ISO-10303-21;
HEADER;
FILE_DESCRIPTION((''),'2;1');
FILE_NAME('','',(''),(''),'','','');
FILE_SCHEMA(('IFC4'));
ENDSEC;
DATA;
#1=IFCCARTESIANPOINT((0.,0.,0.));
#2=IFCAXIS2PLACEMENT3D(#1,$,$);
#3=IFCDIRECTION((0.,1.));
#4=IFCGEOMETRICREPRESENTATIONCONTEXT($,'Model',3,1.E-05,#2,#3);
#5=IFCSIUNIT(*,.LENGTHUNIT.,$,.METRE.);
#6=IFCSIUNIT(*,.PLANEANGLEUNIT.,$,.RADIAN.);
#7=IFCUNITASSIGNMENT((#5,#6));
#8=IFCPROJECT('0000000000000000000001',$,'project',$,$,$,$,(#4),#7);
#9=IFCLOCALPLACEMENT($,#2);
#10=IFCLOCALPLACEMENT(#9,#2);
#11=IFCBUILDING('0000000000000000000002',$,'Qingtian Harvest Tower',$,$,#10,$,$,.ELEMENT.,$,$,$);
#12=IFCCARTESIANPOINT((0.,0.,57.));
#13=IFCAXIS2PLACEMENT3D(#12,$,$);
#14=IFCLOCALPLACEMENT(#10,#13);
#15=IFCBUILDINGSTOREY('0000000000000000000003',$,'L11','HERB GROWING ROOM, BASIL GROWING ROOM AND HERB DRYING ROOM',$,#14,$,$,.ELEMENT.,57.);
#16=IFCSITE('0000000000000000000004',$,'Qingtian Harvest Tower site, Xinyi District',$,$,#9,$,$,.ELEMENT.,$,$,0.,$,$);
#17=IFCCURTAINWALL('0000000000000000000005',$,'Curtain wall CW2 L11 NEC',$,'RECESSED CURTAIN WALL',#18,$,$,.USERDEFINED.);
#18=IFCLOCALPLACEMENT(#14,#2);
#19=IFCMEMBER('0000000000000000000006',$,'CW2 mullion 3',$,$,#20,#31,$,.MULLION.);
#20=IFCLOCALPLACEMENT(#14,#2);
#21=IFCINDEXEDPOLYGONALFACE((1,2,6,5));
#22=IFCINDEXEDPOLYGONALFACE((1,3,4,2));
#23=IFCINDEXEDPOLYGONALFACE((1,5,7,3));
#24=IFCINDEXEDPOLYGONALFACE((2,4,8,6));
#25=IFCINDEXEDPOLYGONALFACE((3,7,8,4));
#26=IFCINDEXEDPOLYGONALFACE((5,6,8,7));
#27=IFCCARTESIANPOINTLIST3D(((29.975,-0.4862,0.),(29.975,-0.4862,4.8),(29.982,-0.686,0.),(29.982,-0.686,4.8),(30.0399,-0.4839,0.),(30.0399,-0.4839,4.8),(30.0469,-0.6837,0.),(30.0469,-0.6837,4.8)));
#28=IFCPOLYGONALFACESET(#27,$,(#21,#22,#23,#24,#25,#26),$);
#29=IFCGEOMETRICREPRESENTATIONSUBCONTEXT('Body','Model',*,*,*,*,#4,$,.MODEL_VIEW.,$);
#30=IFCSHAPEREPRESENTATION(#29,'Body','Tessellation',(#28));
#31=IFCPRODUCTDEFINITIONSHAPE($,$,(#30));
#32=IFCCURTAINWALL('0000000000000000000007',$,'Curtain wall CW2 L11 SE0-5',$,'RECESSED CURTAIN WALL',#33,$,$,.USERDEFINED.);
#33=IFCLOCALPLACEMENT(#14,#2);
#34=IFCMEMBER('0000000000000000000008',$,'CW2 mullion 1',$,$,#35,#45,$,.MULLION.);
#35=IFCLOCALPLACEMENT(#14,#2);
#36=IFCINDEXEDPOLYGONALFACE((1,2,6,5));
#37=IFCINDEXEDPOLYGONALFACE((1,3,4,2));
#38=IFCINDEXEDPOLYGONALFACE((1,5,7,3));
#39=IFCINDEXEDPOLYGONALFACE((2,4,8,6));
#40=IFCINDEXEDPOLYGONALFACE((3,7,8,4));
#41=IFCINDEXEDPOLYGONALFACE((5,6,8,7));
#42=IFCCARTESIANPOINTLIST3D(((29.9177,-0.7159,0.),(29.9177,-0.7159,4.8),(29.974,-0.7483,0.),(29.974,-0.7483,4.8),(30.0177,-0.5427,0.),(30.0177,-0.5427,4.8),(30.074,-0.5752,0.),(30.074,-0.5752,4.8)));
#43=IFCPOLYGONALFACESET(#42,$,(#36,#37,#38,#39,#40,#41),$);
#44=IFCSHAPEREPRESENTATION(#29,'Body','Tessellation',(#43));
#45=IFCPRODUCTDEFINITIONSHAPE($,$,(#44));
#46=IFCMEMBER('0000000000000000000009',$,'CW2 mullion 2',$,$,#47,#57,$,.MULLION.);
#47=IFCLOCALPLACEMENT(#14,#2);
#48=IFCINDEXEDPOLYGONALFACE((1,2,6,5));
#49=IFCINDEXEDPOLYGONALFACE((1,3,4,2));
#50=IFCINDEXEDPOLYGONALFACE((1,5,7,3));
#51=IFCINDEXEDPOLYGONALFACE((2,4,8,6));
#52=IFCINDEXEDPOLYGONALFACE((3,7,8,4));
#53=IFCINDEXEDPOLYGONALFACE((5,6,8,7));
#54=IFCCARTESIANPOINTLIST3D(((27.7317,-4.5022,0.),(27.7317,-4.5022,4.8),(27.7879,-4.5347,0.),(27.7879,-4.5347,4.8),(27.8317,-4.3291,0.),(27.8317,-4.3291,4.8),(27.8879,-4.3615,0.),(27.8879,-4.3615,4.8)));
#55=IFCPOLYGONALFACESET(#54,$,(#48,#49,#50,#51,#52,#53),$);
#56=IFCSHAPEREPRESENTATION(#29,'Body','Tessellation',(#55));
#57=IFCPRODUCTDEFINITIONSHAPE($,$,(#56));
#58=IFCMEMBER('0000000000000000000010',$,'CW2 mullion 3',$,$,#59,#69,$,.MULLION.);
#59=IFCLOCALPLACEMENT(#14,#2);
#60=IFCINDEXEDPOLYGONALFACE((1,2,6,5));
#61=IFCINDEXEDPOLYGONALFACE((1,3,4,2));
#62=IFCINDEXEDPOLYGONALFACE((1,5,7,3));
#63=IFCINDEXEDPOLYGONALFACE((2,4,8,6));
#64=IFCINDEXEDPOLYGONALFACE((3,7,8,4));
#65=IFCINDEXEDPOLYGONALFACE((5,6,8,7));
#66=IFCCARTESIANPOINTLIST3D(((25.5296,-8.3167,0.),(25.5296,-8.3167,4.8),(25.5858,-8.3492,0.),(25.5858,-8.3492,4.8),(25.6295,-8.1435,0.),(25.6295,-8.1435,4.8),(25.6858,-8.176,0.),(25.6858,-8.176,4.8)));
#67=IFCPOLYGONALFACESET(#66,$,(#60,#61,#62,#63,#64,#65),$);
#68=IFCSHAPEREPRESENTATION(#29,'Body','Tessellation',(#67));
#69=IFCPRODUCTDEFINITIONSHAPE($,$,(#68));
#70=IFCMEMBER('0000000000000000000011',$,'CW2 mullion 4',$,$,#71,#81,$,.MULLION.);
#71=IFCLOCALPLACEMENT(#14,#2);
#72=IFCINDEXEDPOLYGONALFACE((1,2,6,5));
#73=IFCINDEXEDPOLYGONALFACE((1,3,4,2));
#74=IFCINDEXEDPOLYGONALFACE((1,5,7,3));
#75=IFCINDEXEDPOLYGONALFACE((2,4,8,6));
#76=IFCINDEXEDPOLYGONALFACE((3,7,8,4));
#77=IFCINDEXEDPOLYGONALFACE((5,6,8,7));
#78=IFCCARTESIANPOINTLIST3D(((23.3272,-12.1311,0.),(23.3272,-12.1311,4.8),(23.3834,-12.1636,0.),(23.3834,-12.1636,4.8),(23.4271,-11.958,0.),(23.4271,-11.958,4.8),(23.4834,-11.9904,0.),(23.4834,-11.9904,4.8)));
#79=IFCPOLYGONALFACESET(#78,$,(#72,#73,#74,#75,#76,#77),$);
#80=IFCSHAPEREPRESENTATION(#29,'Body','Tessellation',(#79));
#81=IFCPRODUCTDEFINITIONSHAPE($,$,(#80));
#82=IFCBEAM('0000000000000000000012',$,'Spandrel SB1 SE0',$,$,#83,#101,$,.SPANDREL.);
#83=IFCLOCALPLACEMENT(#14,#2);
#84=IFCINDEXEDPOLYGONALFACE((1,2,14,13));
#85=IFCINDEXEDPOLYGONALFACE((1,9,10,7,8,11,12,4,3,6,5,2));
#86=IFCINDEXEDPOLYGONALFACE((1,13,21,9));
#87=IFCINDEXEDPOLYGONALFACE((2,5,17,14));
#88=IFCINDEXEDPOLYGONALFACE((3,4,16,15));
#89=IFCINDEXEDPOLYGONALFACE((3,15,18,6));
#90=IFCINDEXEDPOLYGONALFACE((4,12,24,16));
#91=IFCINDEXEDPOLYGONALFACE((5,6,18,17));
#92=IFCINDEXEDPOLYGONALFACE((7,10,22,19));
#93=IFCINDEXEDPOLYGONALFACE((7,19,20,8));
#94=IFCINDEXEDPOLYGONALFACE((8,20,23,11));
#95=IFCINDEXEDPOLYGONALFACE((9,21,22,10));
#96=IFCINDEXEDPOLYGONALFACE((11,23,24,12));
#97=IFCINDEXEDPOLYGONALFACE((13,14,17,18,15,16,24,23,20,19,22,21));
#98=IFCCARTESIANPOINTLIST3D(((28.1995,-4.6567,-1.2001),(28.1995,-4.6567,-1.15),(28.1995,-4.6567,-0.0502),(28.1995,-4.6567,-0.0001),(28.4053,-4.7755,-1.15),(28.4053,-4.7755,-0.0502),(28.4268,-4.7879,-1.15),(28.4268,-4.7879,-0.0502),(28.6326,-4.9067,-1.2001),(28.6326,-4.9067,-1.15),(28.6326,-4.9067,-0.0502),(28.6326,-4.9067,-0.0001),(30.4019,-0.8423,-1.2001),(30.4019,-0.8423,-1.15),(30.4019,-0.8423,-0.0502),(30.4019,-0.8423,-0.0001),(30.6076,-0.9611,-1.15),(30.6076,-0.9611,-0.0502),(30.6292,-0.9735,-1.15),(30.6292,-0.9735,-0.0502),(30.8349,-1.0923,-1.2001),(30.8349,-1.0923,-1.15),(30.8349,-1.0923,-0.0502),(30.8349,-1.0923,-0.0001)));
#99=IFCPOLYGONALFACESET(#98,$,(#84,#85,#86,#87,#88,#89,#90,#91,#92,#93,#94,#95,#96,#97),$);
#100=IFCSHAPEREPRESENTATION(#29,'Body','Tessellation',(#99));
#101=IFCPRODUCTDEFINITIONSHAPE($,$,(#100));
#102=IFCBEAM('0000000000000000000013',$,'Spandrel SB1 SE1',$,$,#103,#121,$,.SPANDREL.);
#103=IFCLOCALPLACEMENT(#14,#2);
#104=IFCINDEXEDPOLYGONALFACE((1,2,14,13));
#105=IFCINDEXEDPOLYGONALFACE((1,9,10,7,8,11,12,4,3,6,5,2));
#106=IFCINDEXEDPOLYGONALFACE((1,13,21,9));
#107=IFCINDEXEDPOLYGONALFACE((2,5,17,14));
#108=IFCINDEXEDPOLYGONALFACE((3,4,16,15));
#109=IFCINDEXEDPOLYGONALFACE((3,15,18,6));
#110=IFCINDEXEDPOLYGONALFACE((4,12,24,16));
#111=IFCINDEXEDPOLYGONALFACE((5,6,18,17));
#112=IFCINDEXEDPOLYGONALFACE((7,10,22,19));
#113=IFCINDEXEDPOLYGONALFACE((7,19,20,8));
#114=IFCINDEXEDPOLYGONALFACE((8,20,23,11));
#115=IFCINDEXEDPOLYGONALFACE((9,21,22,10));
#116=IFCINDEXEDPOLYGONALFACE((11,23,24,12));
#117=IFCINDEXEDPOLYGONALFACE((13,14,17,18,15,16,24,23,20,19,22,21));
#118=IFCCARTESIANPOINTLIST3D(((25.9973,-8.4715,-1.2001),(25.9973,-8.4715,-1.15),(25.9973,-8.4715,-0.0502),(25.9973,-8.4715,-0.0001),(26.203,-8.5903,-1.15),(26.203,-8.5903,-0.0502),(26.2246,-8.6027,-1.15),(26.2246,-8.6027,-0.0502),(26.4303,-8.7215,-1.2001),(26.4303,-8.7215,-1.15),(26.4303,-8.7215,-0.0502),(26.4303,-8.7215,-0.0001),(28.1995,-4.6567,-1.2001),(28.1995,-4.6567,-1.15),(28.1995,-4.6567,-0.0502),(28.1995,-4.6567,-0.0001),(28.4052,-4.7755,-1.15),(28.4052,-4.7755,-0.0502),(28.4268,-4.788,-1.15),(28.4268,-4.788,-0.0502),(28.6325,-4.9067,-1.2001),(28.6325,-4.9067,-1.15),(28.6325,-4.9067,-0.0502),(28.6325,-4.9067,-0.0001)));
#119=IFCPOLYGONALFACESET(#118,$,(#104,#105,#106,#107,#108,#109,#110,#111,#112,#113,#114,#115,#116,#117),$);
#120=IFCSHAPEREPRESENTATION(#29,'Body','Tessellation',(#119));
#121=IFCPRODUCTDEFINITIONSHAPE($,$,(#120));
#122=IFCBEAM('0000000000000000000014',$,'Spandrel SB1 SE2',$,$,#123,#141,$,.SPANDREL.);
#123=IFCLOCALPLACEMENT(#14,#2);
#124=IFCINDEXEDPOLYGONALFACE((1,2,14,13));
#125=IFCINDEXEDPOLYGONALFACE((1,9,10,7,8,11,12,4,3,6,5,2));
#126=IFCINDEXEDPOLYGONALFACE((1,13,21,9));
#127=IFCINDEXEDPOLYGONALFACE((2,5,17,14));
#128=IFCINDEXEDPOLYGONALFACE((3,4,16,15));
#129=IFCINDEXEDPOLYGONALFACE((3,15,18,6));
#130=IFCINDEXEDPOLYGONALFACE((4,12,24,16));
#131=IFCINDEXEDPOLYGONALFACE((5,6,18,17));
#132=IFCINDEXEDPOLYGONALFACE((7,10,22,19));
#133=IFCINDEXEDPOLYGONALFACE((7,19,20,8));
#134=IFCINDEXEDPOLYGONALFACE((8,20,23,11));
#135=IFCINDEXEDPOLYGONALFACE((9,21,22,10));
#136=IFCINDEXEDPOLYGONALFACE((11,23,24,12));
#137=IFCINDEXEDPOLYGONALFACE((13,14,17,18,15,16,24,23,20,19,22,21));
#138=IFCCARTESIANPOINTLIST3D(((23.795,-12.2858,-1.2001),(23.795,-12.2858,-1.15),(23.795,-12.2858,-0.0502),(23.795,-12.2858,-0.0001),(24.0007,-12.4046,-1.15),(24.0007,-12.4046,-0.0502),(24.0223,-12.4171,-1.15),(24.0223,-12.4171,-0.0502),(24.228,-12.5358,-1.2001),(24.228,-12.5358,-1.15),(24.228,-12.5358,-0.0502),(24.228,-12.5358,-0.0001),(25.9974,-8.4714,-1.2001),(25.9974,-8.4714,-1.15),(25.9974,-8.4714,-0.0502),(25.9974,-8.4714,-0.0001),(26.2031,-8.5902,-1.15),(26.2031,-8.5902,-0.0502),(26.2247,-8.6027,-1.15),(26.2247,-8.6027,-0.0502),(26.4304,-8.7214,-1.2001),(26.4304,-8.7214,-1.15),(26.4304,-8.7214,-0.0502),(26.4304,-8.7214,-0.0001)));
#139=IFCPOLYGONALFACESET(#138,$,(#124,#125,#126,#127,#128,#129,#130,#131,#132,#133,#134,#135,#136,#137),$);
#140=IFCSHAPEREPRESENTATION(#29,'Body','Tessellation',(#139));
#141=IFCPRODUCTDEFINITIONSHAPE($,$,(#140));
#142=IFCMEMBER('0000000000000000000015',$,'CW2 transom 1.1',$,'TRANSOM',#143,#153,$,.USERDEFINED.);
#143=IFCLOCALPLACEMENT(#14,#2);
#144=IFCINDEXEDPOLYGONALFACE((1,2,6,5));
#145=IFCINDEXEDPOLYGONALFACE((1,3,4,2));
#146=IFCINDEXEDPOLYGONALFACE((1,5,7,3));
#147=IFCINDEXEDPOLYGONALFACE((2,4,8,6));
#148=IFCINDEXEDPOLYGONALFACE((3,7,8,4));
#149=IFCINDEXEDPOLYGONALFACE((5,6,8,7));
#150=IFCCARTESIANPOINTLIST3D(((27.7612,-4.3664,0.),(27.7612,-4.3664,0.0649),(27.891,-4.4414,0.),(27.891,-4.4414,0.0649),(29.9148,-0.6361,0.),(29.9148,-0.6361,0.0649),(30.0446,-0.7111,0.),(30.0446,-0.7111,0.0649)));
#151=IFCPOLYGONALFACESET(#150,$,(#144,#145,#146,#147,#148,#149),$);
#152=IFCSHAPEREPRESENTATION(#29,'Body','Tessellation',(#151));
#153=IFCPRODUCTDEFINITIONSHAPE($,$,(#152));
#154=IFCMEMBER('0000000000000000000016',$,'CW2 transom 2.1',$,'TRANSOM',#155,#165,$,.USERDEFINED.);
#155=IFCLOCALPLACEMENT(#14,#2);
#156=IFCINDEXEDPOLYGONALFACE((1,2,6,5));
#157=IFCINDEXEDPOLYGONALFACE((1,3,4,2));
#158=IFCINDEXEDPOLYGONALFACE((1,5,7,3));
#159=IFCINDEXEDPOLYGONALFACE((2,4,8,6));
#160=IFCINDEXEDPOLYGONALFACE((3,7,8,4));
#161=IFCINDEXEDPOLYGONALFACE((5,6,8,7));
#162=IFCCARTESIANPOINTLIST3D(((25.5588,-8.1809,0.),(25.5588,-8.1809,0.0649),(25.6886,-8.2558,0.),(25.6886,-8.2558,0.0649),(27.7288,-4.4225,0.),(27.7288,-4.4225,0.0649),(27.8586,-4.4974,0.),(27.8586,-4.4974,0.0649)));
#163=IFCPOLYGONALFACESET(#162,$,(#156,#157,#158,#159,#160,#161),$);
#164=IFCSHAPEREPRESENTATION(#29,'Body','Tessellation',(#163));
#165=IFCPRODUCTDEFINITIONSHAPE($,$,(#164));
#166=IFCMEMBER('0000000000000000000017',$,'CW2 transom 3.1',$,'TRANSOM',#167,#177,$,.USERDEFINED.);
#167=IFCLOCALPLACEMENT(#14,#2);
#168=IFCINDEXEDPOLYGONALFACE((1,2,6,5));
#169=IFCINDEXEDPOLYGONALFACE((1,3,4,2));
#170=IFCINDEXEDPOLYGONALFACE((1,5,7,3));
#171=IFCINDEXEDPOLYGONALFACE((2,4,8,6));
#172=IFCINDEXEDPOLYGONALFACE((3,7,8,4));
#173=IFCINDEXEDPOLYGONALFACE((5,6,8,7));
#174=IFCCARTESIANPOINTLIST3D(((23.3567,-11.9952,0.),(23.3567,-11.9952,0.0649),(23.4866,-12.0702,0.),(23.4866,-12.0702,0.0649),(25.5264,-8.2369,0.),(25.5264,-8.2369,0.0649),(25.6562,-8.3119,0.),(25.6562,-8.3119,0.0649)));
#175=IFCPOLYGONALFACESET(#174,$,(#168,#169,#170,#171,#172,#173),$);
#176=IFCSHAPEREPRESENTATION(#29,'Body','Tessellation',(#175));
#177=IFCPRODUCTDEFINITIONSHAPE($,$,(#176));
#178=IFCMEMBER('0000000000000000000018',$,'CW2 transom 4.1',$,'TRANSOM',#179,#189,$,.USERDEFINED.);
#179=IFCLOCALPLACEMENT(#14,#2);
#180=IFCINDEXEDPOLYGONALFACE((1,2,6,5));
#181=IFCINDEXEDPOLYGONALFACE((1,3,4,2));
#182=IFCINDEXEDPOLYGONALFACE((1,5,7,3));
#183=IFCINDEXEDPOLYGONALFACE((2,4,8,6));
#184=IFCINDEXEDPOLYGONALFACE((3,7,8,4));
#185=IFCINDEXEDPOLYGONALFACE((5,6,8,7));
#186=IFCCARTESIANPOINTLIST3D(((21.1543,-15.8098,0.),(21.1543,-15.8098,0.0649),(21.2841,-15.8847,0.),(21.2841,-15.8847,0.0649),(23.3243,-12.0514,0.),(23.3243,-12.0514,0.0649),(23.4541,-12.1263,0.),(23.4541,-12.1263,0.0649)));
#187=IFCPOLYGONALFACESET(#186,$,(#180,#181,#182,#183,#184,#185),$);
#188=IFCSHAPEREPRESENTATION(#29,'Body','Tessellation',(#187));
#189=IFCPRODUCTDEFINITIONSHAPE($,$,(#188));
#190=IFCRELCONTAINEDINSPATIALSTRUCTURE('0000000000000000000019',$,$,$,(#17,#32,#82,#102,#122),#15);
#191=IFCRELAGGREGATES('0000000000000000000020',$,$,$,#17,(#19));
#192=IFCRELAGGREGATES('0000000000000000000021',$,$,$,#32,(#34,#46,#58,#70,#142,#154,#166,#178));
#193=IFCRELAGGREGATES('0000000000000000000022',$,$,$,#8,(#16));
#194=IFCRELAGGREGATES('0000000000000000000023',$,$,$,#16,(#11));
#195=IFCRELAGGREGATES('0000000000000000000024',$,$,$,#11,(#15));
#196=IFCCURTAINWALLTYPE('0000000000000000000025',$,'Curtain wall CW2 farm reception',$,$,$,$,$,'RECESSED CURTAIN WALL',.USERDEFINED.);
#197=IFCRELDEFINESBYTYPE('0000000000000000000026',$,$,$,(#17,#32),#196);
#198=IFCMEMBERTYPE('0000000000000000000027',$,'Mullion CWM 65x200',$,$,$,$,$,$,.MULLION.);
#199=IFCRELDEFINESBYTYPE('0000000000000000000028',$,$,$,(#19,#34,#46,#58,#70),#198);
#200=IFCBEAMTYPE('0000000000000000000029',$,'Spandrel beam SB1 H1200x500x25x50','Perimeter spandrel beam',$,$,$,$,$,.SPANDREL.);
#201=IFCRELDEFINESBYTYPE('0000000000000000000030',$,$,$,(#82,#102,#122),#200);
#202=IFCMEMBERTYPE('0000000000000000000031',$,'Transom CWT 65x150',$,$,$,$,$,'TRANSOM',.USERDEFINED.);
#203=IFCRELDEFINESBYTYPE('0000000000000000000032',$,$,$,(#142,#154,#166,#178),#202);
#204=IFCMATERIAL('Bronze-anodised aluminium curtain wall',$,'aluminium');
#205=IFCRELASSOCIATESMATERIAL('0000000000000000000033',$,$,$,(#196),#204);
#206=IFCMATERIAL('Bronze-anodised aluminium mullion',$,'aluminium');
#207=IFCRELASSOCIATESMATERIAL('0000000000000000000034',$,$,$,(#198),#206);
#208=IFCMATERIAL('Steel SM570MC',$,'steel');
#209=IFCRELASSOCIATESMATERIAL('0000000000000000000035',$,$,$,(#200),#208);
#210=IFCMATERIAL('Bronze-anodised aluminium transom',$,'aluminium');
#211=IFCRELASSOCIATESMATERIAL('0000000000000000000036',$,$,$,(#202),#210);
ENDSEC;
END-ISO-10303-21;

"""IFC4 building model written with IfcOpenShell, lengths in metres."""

from ifc_helpers import new_model, si_unit, direction, frame, origin, origin_2d, place, context, subcontext, project, spatial, rectangle, i_section, extrude, material, material_profile, profile_set, type_object, element, aggregate, save


model = new_model("IFC4")

# Units and contexts
model_context = context("Model", 3, precision=1e-05, world=origin(), true_north=direction((0.0, 1.0)))
body_context = subcontext(model_context, "Body", "Model", "MODEL_VIEW")
ifc_project = project(units=[si_unit("LENGTHUNIT", "METRE"), si_unit("PLANEANGLEUNIT", "RADIAN")], contexts=[model_context])

# Site, building, storey
site_placement = place(None, origin())
site = spatial("IfcSite", under=ifc_project, at=site_placement, Name="Qingtian Harvest Tower site, Xinyi District", CompositionType="ELEMENT", RefElevation=0.0)
building_placement = place(site_placement, origin())
building = spatial("IfcBuilding", under=site, at=building_placement, Name="Qingtian Harvest Tower", CompositionType="ELEMENT")
storey_placement = place(building_placement, frame((0.0, 0.0, 57.0)))
storey = spatial("IfcBuildingStorey", under=building, at=storey_placement, Name="L11", Description="HERB GROWING ROOM, BASIL GROWING ROOM AND HERB DRYING ROOM", CompositionType="ELEMENT", Elevation=57.0)

# Curtain wall, member
ifc_material_1 = material(Name="Bronze-anodised aluminium curtain wall", Category="aluminium")
curtain_wall_type = type_object("IfcCurtainWallType", Name="Curtain wall CW2 farm reception", ElementType="RECESSED CURTAIN WALL", PredefinedType="USERDEFINED", material=ifc_material_1)
curtain_wall_1_placement = place(storey_placement, origin())
curtain_wall_1 = element("IfcCurtainWall", 1, at=curtain_wall_1_placement, inside=storey, type_object=curtain_wall_type, Name="Curtain wall CW2 L11 NEC", ObjectType="RECESSED CURTAIN WALL", PredefinedType="USERDEFINED")
ifc_material_2 = material(Name="Bronze-anodised aluminium mullion", Category="aluminium")
ifc_material_profile_1 = material_profile(ifc_material_2, rectangle(XDim=0.0649, YDim=0.2, at=origin_2d()), Name="AL 65x200")
ifc_profile_set_1 = profile_set([ifc_material_profile_1], Name="Bronze-anodised aluminium mullion")
member_type_1 = type_object("IfcMemberType", Name="Mullion CWM 65x200", PredefinedType="MULLION", material=ifc_profile_set_1)
member_1_placement = place(storey_placement, frame((30.011, -0.585, 0.0), z_axis=(0.0, 0.0, 1.0), x_axis=(0.999391, 0.034899, 0.0)))
member_1 = element("IfcMember", 2, at=member_1_placement, type_object=member_type_1, Name="CW2 mullion 3", PredefinedType="MULLION", context=body_context, shape_type="SweptSolid", body=[
    extrude(rectangle(XDim=0.0649, YDim=0.2, at=origin_2d()), origin(), (0.0, 0.0, 1.0), 4.8),
])
aggregate(curtain_wall_1, [member_1])

# Curtain wall, members
curtain_wall_2_placement = place(storey_placement, origin())
curtain_wall_2 = element("IfcCurtainWall", 3, at=curtain_wall_2_placement, inside=storey, type_object=curtain_wall_type, Name="Curtain wall CW2 L11 SE0-5", ObjectType="RECESSED CURTAIN WALL", PredefinedType="USERDEFINED")
member_2_placement = place(storey_placement, frame((29.9958, -0.6455, 0.0), z_axis=(0.0, 0.0, 1.0), x_axis=(0.866025, -0.5, 0.0)))
member_2 = element("IfcMember", 4, at=member_2_placement, type_object=member_type_1, Name="CW2 mullion 1", PredefinedType="MULLION", context=body_context, shape_type="SweptSolid", body=[
    extrude(rectangle(XDim=0.0649, YDim=0.2, at=origin_2d()), origin(), (0.0, 0.0, 1.0), 4.8),
])
member_3_placement = place(storey_placement, frame((27.8098, -4.4319, 0.0), z_axis=(0.0, 0.0, 1.0), x_axis=(0.866025, -0.5, 0.0)))
member_3 = element("IfcMember", 5, at=member_3_placement, type_object=member_type_1, Name="CW2 mullion 2", PredefinedType="MULLION", context=body_context, shape_type="SweptSolid", body=[
    extrude(rectangle(XDim=0.0649, YDim=0.2, at=origin_2d()), origin(), (0.0, 0.0, 1.0), 4.8),
])
member_4_placement = place(storey_placement, frame((25.6077, -8.2463, 0.0), z_axis=(0.0, 0.0, 1.0), x_axis=(0.866025, -0.5, 0.0)))
member_4 = element("IfcMember", 6, at=member_4_placement, type_object=member_type_1, Name="CW2 mullion 3", PredefinedType="MULLION", context=body_context, shape_type="SweptSolid", body=[
    extrude(rectangle(XDim=0.0649, YDim=0.2, at=origin_2d()), origin(), (0.0, 0.0, 1.0), 4.8),
])
member_5_placement = place(storey_placement, frame((23.4053, -12.0608, 0.0), z_axis=(0.0, 0.0, 1.0), x_axis=(0.866025, -0.5, 0.0)))
member_5 = element("IfcMember", 7, at=member_5_placement, type_object=member_type_1, Name="CW2 mullion 4", PredefinedType="MULLION", context=body_context, shape_type="SweptSolid", body=[
    extrude(rectangle(XDim=0.0649, YDim=0.2, at=origin_2d()), origin(), (0.0, 0.0, 1.0), 4.8),
])

# Beams
ifc_material_3 = material(Name="Steel SM570MC", Category="steel")
ifc_material_profile_2 = material_profile(ifc_material_3, i_section(OverallWidth=0.5, OverallDepth=1.2, WebThickness=0.0249, FlangeThickness=0.05, at=origin_2d()), Name="H1200x500x25x50")
ifc_profile_set_2 = profile_set([ifc_material_profile_2], Name="Steel SM570MC")
beam_type_1 = type_object("IfcBeamType", Name="Spandrel beam SB1 H1200x500x25x50", Description="Perimeter spandrel beam", PredefinedType="SPANDREL", material=ifc_profile_set_2)
beam_1_placement = place(storey_placement, frame((30.6184, -0.9673, -0.6001), z_axis=(-0.50002, -0.866014, 0.0), x_axis=(0.866014, -0.50002, 0.0)))
element("IfcBeam", 8, at=beam_1_placement, inside=storey, type_object=beam_type_1, Name="Spandrel SB1 SE0", PredefinedType="SPANDREL", context=body_context, shape_type="SweptSolid", body=[
    extrude(i_section(OverallWidth=0.5, OverallDepth=1.2, WebThickness=0.0249, FlangeThickness=0.05, at=origin_2d()), origin(), (0.0, 0.0, 1.0), 4.4045),
])
beam_2_placement = place(storey_placement, frame((28.416, -4.7817, -0.6001), z_axis=(-0.499954, -0.866052, 0.0), x_axis=(0.866052, -0.499954, 0.0)))
element("IfcBeam", 9, at=beam_2_placement, inside=storey, type_object=beam_type_1, Name="Spandrel SB1 SE1", PredefinedType="SPANDREL", context=body_context, shape_type="SweptSolid", body=[
    extrude(i_section(OverallWidth=0.5, OverallDepth=1.2, WebThickness=0.0249, FlangeThickness=0.05, at=origin_2d()), origin(), (0.0, 0.0, 1.0), 4.4048),
])
beam_3_placement = place(storey_placement, frame((26.2139, -8.5964, -0.6001), z_axis=(-0.50002, -0.866014, 0.0), x_axis=(0.866014, -0.50002, 0.0)))
element("IfcBeam", 10, at=beam_3_placement, inside=storey, type_object=beam_type_1, Name="Spandrel SB1 SE2", PredefinedType="SPANDREL", context=body_context, shape_type="SweptSolid", body=[
    extrude(i_section(OverallWidth=0.5, OverallDepth=1.2, WebThickness=0.0249, FlangeThickness=0.05, at=origin_2d()), origin(), (0.0, 0.0, 1.0), 4.4045),
])

# Members
ifc_material_4 = material(Name="Bronze-anodised aluminium transom", Category="aluminium")
ifc_material_profile_3 = material_profile(ifc_material_4, rectangle(XDim=0.1499, YDim=0.0649, at=origin_2d()), Name="AL 65x150")
ifc_profile_set_3 = profile_set([ifc_material_profile_3], Name="Bronze-anodised aluminium transom")
member_type_2 = type_object("IfcMemberType", Name="Transom CWT 65x150", ElementType="TRANSOM", PredefinedType="USERDEFINED", material=ifc_profile_set_3)
member_6_placement = place(storey_placement, frame((29.9797, -0.6736, 0.0325), z_axis=(-0.499986, -0.866034, 0.0), x_axis=(0.866034, -0.499986, 0.0)))
member_6 = element("IfcMember", 11, at=member_6_placement, type_object=member_type_2, Name="CW2 transom 1.1", ObjectType="TRANSOM", PredefinedType="USERDEFINED", context=body_context, shape_type="SweptSolid", body=[
    extrude(rectangle(XDim=0.1499, YDim=0.0649, at=origin_2d()), origin(), (0.0, 0.0, 1.0), 4.3074),
])
member_7_placement = place(storey_placement, frame((27.7937, -4.46, 0.0325), z_axis=(-0.500011, -0.866019, 0.0), x_axis=(0.866019, -0.500011, 0.0)))
member_7 = element("IfcMember", 12, at=member_7_placement, type_object=member_type_2, Name="CW2 transom 2.1", ObjectType="TRANSOM", PredefinedType="USERDEFINED", context=body_context, shape_type="SweptSolid", body=[
    extrude(rectangle(XDim=0.1499, YDim=0.0649, at=origin_2d()), origin(), (0.0, 0.0, 1.0), 4.3398),
])
member_8_placement = place(storey_placement, frame((25.5913, -8.2744, 0.0325), z_axis=(-0.499969, -0.866043, 0.0), x_axis=(0.866043, -0.499969, 0.0)))
member_8 = element("IfcMember", 13, at=member_8_placement, type_object=member_type_2, Name="CW2 transom 3.1", ObjectType="TRANSOM", PredefinedType="USERDEFINED", context=body_context, shape_type="SweptSolid", body=[
    extrude(rectangle(XDim=0.1499, YDim=0.0649, at=origin_2d()), origin(), (0.0, 0.0, 1.0), 4.3396),
])
member_9_placement = place(storey_placement, frame((23.3892, -12.0889, 0.0325), z_axis=(-0.500011, -0.866019, 0.0), x_axis=(0.866019, -0.500011, 0.0)))
member_9 = element("IfcMember", 14, at=member_9_placement, type_object=member_type_2, Name="CW2 transom 4.1", ObjectType="TRANSOM", PredefinedType="USERDEFINED", context=body_context, shape_type="SweptSolid", body=[
    extrude(rectangle(XDim=0.1499, YDim=0.0649, at=origin_2d()), origin(), (0.0, 0.0, 1.0), 4.3398),
])

aggregate(curtain_wall_2, [member_2, member_3, member_4, member_5, member_6, member_7, member_8, member_9])

save(model, "model.ifc")
